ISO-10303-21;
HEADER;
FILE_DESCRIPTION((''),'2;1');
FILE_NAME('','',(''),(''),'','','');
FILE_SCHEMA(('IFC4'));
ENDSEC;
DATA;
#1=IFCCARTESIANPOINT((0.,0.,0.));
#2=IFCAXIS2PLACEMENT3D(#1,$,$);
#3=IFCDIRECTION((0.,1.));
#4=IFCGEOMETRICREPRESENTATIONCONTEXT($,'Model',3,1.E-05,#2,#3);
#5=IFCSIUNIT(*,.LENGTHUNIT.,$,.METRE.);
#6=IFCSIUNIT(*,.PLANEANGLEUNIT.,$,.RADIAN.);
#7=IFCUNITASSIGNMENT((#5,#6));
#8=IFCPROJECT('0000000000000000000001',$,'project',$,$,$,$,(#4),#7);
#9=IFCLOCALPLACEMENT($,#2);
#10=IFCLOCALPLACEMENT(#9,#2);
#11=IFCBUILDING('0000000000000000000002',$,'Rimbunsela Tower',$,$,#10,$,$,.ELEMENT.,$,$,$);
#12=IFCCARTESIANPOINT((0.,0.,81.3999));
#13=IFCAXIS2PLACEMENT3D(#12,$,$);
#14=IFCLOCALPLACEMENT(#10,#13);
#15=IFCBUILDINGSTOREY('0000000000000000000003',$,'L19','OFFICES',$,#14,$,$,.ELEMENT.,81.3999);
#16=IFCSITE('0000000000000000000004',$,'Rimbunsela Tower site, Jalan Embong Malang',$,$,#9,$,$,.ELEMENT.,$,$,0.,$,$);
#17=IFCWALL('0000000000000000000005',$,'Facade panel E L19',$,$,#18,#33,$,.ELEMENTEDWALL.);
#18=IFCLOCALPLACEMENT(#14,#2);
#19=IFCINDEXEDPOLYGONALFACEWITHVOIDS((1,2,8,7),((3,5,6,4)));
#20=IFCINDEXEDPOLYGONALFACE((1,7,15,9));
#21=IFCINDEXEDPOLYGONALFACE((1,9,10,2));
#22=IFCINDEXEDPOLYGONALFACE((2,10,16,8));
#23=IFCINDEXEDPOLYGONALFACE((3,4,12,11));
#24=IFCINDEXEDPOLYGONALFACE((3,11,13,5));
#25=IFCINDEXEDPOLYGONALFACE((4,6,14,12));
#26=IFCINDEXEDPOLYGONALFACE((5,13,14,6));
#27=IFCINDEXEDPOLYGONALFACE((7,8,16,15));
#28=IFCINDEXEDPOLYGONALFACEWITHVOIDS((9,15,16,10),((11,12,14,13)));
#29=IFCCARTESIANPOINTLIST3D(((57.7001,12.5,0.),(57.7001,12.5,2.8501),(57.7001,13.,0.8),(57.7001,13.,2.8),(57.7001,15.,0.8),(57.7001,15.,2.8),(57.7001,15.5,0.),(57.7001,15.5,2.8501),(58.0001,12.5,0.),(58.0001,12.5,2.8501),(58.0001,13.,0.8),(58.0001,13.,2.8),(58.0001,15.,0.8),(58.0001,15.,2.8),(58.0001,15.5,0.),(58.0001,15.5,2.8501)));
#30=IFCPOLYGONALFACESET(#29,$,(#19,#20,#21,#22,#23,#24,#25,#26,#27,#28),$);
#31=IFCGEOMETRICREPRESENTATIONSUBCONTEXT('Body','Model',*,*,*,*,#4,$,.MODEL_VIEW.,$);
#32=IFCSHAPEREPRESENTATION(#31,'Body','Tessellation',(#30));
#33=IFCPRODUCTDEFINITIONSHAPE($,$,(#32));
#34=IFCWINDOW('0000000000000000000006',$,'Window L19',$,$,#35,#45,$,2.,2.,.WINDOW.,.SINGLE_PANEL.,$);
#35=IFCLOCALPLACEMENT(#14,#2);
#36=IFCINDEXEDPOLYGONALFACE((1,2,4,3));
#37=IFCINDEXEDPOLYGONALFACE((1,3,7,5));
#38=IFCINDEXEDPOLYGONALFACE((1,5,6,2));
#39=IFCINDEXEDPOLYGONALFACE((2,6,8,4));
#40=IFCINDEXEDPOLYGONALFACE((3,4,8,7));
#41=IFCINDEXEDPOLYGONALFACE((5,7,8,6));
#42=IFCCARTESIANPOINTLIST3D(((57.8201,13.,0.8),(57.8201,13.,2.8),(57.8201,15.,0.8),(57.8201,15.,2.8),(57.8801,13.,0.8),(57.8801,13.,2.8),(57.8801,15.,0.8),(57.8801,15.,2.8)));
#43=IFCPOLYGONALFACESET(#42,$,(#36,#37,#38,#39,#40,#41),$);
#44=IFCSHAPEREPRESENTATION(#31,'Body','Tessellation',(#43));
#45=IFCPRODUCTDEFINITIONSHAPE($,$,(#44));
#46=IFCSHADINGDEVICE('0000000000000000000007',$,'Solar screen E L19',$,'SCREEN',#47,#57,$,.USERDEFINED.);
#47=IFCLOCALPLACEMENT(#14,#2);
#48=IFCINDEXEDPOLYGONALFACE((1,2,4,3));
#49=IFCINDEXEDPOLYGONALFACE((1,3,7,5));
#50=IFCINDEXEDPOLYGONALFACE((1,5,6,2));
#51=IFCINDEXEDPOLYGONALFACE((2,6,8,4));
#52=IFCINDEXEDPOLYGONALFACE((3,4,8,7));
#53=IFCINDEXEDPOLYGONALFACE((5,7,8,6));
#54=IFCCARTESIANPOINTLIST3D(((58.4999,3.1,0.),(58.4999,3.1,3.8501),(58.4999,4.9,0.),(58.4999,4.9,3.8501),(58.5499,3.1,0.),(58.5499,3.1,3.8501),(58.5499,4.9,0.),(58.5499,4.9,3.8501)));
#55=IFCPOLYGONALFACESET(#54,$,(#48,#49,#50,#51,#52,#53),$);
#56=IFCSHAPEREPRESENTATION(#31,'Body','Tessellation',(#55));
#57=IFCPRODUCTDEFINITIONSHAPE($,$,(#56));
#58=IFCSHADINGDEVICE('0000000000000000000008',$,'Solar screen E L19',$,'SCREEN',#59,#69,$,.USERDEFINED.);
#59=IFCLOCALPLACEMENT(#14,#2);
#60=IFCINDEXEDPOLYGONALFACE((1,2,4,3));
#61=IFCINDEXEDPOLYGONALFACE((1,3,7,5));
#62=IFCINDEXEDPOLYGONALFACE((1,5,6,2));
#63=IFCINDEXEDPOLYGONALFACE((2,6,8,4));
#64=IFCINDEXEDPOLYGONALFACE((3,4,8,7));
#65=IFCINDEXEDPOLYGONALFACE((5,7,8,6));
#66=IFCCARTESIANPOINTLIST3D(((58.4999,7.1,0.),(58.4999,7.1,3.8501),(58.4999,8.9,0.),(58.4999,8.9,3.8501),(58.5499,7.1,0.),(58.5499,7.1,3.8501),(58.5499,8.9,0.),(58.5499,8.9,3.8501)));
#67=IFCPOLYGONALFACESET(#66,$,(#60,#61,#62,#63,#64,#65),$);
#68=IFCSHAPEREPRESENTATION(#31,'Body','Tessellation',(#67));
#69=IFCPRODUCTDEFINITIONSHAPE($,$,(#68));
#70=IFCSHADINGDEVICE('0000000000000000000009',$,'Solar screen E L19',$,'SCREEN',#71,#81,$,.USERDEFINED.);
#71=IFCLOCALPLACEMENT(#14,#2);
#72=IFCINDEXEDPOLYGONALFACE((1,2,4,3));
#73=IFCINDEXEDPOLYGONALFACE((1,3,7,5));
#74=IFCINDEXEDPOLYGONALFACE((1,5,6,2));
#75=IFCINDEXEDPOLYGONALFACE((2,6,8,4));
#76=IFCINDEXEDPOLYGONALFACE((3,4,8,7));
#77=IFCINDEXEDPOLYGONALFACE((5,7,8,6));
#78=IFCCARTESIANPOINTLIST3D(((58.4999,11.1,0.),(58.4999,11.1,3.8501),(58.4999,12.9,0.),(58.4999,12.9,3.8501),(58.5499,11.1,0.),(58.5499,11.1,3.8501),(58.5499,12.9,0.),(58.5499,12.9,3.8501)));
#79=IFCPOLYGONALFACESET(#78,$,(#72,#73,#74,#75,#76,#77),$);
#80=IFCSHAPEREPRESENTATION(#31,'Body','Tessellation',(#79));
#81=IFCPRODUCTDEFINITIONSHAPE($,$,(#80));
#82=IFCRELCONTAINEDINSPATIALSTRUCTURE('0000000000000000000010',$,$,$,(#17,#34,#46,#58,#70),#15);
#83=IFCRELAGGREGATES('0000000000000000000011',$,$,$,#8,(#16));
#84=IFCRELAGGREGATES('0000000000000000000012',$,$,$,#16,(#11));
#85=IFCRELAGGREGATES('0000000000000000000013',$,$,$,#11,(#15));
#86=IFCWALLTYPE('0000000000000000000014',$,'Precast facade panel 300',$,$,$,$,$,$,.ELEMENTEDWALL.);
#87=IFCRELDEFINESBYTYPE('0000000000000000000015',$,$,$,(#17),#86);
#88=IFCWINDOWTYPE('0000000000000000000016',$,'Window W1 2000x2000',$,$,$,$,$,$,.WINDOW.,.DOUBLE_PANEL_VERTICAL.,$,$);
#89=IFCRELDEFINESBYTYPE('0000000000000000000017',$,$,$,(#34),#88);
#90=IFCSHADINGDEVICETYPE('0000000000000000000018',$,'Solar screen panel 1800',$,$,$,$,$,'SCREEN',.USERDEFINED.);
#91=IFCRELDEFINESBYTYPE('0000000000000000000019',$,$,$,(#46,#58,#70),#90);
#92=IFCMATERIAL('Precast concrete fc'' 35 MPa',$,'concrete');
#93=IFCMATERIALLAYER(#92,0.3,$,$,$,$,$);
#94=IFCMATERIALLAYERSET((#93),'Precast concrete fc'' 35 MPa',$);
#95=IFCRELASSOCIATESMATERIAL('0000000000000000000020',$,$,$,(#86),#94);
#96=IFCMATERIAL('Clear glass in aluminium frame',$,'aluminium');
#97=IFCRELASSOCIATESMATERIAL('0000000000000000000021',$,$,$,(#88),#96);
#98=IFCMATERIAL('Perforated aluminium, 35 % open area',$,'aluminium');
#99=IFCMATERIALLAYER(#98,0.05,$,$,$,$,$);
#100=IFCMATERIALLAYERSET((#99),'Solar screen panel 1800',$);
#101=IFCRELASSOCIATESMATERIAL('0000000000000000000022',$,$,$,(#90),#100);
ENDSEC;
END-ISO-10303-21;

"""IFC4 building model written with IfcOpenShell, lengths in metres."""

from ifc_helpers import new_model, si_unit, direction, frame, frame_2d, origin, origin_2d, place, context, subcontext, project, spatial, rectangle, extrude, material, layer, layer_set, type_object, element, fill, save


model = new_model("IFC4")

# Units and contexts
model_context = context("Model", 3, precision=1e-05, world=origin(), true_north=direction((0.0, 1.0)))
body_context = subcontext(model_context, "Body", "Model", "MODEL_VIEW")
ifc_project = project(units=[si_unit("LENGTHUNIT", "METRE"), si_unit("PLANEANGLEUNIT", "RADIAN")], contexts=[model_context])

# Site, building, storey
site_placement = place(None, origin())
site = spatial("IfcSite", under=ifc_project, at=site_placement, Name="Rimbunsela Tower site, Jalan Embong Malang", CompositionType="ELEMENT", RefElevation=0.0)
building_placement = place(site_placement, origin())
building = spatial("IfcBuilding", under=site, at=building_placement, Name="Rimbunsela Tower", CompositionType="ELEMENT")
storey_placement = place(building_placement, frame((0.0, 0.0, 81.3999)))
storey = spatial("IfcBuildingStorey", under=building, at=storey_placement, Name="L19", Description="OFFICES", CompositionType="ELEMENT", Elevation=81.3999)

# Wall, opening, window
ifc_material_1 = material(Name="Precast concrete fc' 35 MPa", Category="concrete")
ifc_layer_1 = layer(ifc_material_1, 0.3)
ifc_layer_set_1 = layer_set([ifc_layer_1], Name="Precast concrete fc' 35 MPa")
wall_type = type_object("IfcWallType", Name="Precast facade panel 300", PredefinedType="ELEMENTEDWALL", material=ifc_layer_set_1)
ifc_material_2 = material(Name="Clear glass in aluminium frame", Category="aluminium")
window_type = type_object("IfcWindowType", Name="Window W1 2000x2000", PartitioningType="DOUBLE_PANEL_VERTICAL", PredefinedType="WINDOW", material=ifc_material_2)
wall_1_placement = place(storey_placement, frame((57.8501, 12.5, 0.0), z_axis=(0.0, 0.0, 1.0), x_axis=(0.0, 1.0, 0.0)))
wall_1 = element("IfcWall", 1, at=wall_1_placement, inside=storey, type_object=wall_type, Name="Facade panel E L19", PredefinedType="ELEMENTEDWALL", context=body_context, shape_type="SweptSolid", body=[
    extrude(rectangle(XDim=3.0, YDim=0.3, at=frame_2d((1.5, 0.0))), origin(), (0.0, 0.0, 1.0), 2.8501),
])
opening_1_placement = place(wall_1_placement, frame((0.5, 0.0, 0.8)))
opening_1 = element("IfcOpeningElement", 2, at=opening_1_placement, cuts=wall_1, PredefinedType="OPENING", context=body_context, shape_type="SweptSolid", body=[
    extrude(rectangle(XDim=2.0, YDim=2.0, at=frame_2d((1.0, 1.0))), frame((0.0, 0.1599, 0.0), z_axis=(0.0, -1.0, 0.0), x_axis=(1.0, 0.0, 0.0)), (0.0, 0.0, 1.0), 0.3201),
])
window_1_placement = place(opening_1_placement, origin())
window_1 = element("IfcWindow", 3, at=window_1_placement, inside=storey, type_object=window_type, Name="Window L19", OverallHeight=2.0, OverallWidth=2.0, PartitioningType="SINGLE_PANEL", PredefinedType="WINDOW", context=body_context, shape_type="SweptSolid", body=[
    extrude(rectangle(XDim=2.0, YDim=2.0, at=frame_2d((1.0, 1.0))), frame((0.0, 0.03, 0.0), z_axis=(0.0, -1.0, 0.0), x_axis=(1.0, 0.0, 0.0)), (0.0, 0.0, 1.0), 0.0601),
])
fill(opening_1, window_1)

# Shading devices
ifc_material_3 = material(Name="Perforated aluminium, 35 % open area", Category="aluminium")
ifc_layer_2 = layer(ifc_material_3, 0.05)
ifc_layer_set_2 = layer_set([ifc_layer_2], Name="Solar screen panel 1800")
shading_device_type = type_object("IfcShadingDeviceType", Name="Solar screen panel 1800", ElementType="SCREEN", PredefinedType="USERDEFINED", material=ifc_layer_set_2)
for number, where, z_axis, x_axis, name in (
    (4, (58.5249, 4.0, 0.0), (0.0, 0.0, 1.0), (0.0, 1.0, 0.0), "Solar screen E L19"),
    (5, (58.5249, 8.0, 0.0), (0.0, 0.0, 1.0), (0.0, 1.0, 0.0), "Solar screen E L19"),
    (6, (58.5249, 12.0, 0.0), (0.0, 0.0, 1.0), (0.0, 1.0, 0.0), "Solar screen E L19"),
):
    element("IfcShadingDevice", number, at=place(storey_placement, frame(where, z_axis=z_axis, x_axis=x_axis)), inside=storey, type_object=shading_device_type, Name=name, ObjectType="SCREEN", PredefinedType="USERDEFINED", context=body_context, shape_type="SweptSolid", body=[
        extrude(rectangle(XDim=1.8, YDim=0.05, at=origin_2d()), origin(), (0.0, 0.0, 1.0), 3.8501),
    ])

save(model, "model.ifc")
